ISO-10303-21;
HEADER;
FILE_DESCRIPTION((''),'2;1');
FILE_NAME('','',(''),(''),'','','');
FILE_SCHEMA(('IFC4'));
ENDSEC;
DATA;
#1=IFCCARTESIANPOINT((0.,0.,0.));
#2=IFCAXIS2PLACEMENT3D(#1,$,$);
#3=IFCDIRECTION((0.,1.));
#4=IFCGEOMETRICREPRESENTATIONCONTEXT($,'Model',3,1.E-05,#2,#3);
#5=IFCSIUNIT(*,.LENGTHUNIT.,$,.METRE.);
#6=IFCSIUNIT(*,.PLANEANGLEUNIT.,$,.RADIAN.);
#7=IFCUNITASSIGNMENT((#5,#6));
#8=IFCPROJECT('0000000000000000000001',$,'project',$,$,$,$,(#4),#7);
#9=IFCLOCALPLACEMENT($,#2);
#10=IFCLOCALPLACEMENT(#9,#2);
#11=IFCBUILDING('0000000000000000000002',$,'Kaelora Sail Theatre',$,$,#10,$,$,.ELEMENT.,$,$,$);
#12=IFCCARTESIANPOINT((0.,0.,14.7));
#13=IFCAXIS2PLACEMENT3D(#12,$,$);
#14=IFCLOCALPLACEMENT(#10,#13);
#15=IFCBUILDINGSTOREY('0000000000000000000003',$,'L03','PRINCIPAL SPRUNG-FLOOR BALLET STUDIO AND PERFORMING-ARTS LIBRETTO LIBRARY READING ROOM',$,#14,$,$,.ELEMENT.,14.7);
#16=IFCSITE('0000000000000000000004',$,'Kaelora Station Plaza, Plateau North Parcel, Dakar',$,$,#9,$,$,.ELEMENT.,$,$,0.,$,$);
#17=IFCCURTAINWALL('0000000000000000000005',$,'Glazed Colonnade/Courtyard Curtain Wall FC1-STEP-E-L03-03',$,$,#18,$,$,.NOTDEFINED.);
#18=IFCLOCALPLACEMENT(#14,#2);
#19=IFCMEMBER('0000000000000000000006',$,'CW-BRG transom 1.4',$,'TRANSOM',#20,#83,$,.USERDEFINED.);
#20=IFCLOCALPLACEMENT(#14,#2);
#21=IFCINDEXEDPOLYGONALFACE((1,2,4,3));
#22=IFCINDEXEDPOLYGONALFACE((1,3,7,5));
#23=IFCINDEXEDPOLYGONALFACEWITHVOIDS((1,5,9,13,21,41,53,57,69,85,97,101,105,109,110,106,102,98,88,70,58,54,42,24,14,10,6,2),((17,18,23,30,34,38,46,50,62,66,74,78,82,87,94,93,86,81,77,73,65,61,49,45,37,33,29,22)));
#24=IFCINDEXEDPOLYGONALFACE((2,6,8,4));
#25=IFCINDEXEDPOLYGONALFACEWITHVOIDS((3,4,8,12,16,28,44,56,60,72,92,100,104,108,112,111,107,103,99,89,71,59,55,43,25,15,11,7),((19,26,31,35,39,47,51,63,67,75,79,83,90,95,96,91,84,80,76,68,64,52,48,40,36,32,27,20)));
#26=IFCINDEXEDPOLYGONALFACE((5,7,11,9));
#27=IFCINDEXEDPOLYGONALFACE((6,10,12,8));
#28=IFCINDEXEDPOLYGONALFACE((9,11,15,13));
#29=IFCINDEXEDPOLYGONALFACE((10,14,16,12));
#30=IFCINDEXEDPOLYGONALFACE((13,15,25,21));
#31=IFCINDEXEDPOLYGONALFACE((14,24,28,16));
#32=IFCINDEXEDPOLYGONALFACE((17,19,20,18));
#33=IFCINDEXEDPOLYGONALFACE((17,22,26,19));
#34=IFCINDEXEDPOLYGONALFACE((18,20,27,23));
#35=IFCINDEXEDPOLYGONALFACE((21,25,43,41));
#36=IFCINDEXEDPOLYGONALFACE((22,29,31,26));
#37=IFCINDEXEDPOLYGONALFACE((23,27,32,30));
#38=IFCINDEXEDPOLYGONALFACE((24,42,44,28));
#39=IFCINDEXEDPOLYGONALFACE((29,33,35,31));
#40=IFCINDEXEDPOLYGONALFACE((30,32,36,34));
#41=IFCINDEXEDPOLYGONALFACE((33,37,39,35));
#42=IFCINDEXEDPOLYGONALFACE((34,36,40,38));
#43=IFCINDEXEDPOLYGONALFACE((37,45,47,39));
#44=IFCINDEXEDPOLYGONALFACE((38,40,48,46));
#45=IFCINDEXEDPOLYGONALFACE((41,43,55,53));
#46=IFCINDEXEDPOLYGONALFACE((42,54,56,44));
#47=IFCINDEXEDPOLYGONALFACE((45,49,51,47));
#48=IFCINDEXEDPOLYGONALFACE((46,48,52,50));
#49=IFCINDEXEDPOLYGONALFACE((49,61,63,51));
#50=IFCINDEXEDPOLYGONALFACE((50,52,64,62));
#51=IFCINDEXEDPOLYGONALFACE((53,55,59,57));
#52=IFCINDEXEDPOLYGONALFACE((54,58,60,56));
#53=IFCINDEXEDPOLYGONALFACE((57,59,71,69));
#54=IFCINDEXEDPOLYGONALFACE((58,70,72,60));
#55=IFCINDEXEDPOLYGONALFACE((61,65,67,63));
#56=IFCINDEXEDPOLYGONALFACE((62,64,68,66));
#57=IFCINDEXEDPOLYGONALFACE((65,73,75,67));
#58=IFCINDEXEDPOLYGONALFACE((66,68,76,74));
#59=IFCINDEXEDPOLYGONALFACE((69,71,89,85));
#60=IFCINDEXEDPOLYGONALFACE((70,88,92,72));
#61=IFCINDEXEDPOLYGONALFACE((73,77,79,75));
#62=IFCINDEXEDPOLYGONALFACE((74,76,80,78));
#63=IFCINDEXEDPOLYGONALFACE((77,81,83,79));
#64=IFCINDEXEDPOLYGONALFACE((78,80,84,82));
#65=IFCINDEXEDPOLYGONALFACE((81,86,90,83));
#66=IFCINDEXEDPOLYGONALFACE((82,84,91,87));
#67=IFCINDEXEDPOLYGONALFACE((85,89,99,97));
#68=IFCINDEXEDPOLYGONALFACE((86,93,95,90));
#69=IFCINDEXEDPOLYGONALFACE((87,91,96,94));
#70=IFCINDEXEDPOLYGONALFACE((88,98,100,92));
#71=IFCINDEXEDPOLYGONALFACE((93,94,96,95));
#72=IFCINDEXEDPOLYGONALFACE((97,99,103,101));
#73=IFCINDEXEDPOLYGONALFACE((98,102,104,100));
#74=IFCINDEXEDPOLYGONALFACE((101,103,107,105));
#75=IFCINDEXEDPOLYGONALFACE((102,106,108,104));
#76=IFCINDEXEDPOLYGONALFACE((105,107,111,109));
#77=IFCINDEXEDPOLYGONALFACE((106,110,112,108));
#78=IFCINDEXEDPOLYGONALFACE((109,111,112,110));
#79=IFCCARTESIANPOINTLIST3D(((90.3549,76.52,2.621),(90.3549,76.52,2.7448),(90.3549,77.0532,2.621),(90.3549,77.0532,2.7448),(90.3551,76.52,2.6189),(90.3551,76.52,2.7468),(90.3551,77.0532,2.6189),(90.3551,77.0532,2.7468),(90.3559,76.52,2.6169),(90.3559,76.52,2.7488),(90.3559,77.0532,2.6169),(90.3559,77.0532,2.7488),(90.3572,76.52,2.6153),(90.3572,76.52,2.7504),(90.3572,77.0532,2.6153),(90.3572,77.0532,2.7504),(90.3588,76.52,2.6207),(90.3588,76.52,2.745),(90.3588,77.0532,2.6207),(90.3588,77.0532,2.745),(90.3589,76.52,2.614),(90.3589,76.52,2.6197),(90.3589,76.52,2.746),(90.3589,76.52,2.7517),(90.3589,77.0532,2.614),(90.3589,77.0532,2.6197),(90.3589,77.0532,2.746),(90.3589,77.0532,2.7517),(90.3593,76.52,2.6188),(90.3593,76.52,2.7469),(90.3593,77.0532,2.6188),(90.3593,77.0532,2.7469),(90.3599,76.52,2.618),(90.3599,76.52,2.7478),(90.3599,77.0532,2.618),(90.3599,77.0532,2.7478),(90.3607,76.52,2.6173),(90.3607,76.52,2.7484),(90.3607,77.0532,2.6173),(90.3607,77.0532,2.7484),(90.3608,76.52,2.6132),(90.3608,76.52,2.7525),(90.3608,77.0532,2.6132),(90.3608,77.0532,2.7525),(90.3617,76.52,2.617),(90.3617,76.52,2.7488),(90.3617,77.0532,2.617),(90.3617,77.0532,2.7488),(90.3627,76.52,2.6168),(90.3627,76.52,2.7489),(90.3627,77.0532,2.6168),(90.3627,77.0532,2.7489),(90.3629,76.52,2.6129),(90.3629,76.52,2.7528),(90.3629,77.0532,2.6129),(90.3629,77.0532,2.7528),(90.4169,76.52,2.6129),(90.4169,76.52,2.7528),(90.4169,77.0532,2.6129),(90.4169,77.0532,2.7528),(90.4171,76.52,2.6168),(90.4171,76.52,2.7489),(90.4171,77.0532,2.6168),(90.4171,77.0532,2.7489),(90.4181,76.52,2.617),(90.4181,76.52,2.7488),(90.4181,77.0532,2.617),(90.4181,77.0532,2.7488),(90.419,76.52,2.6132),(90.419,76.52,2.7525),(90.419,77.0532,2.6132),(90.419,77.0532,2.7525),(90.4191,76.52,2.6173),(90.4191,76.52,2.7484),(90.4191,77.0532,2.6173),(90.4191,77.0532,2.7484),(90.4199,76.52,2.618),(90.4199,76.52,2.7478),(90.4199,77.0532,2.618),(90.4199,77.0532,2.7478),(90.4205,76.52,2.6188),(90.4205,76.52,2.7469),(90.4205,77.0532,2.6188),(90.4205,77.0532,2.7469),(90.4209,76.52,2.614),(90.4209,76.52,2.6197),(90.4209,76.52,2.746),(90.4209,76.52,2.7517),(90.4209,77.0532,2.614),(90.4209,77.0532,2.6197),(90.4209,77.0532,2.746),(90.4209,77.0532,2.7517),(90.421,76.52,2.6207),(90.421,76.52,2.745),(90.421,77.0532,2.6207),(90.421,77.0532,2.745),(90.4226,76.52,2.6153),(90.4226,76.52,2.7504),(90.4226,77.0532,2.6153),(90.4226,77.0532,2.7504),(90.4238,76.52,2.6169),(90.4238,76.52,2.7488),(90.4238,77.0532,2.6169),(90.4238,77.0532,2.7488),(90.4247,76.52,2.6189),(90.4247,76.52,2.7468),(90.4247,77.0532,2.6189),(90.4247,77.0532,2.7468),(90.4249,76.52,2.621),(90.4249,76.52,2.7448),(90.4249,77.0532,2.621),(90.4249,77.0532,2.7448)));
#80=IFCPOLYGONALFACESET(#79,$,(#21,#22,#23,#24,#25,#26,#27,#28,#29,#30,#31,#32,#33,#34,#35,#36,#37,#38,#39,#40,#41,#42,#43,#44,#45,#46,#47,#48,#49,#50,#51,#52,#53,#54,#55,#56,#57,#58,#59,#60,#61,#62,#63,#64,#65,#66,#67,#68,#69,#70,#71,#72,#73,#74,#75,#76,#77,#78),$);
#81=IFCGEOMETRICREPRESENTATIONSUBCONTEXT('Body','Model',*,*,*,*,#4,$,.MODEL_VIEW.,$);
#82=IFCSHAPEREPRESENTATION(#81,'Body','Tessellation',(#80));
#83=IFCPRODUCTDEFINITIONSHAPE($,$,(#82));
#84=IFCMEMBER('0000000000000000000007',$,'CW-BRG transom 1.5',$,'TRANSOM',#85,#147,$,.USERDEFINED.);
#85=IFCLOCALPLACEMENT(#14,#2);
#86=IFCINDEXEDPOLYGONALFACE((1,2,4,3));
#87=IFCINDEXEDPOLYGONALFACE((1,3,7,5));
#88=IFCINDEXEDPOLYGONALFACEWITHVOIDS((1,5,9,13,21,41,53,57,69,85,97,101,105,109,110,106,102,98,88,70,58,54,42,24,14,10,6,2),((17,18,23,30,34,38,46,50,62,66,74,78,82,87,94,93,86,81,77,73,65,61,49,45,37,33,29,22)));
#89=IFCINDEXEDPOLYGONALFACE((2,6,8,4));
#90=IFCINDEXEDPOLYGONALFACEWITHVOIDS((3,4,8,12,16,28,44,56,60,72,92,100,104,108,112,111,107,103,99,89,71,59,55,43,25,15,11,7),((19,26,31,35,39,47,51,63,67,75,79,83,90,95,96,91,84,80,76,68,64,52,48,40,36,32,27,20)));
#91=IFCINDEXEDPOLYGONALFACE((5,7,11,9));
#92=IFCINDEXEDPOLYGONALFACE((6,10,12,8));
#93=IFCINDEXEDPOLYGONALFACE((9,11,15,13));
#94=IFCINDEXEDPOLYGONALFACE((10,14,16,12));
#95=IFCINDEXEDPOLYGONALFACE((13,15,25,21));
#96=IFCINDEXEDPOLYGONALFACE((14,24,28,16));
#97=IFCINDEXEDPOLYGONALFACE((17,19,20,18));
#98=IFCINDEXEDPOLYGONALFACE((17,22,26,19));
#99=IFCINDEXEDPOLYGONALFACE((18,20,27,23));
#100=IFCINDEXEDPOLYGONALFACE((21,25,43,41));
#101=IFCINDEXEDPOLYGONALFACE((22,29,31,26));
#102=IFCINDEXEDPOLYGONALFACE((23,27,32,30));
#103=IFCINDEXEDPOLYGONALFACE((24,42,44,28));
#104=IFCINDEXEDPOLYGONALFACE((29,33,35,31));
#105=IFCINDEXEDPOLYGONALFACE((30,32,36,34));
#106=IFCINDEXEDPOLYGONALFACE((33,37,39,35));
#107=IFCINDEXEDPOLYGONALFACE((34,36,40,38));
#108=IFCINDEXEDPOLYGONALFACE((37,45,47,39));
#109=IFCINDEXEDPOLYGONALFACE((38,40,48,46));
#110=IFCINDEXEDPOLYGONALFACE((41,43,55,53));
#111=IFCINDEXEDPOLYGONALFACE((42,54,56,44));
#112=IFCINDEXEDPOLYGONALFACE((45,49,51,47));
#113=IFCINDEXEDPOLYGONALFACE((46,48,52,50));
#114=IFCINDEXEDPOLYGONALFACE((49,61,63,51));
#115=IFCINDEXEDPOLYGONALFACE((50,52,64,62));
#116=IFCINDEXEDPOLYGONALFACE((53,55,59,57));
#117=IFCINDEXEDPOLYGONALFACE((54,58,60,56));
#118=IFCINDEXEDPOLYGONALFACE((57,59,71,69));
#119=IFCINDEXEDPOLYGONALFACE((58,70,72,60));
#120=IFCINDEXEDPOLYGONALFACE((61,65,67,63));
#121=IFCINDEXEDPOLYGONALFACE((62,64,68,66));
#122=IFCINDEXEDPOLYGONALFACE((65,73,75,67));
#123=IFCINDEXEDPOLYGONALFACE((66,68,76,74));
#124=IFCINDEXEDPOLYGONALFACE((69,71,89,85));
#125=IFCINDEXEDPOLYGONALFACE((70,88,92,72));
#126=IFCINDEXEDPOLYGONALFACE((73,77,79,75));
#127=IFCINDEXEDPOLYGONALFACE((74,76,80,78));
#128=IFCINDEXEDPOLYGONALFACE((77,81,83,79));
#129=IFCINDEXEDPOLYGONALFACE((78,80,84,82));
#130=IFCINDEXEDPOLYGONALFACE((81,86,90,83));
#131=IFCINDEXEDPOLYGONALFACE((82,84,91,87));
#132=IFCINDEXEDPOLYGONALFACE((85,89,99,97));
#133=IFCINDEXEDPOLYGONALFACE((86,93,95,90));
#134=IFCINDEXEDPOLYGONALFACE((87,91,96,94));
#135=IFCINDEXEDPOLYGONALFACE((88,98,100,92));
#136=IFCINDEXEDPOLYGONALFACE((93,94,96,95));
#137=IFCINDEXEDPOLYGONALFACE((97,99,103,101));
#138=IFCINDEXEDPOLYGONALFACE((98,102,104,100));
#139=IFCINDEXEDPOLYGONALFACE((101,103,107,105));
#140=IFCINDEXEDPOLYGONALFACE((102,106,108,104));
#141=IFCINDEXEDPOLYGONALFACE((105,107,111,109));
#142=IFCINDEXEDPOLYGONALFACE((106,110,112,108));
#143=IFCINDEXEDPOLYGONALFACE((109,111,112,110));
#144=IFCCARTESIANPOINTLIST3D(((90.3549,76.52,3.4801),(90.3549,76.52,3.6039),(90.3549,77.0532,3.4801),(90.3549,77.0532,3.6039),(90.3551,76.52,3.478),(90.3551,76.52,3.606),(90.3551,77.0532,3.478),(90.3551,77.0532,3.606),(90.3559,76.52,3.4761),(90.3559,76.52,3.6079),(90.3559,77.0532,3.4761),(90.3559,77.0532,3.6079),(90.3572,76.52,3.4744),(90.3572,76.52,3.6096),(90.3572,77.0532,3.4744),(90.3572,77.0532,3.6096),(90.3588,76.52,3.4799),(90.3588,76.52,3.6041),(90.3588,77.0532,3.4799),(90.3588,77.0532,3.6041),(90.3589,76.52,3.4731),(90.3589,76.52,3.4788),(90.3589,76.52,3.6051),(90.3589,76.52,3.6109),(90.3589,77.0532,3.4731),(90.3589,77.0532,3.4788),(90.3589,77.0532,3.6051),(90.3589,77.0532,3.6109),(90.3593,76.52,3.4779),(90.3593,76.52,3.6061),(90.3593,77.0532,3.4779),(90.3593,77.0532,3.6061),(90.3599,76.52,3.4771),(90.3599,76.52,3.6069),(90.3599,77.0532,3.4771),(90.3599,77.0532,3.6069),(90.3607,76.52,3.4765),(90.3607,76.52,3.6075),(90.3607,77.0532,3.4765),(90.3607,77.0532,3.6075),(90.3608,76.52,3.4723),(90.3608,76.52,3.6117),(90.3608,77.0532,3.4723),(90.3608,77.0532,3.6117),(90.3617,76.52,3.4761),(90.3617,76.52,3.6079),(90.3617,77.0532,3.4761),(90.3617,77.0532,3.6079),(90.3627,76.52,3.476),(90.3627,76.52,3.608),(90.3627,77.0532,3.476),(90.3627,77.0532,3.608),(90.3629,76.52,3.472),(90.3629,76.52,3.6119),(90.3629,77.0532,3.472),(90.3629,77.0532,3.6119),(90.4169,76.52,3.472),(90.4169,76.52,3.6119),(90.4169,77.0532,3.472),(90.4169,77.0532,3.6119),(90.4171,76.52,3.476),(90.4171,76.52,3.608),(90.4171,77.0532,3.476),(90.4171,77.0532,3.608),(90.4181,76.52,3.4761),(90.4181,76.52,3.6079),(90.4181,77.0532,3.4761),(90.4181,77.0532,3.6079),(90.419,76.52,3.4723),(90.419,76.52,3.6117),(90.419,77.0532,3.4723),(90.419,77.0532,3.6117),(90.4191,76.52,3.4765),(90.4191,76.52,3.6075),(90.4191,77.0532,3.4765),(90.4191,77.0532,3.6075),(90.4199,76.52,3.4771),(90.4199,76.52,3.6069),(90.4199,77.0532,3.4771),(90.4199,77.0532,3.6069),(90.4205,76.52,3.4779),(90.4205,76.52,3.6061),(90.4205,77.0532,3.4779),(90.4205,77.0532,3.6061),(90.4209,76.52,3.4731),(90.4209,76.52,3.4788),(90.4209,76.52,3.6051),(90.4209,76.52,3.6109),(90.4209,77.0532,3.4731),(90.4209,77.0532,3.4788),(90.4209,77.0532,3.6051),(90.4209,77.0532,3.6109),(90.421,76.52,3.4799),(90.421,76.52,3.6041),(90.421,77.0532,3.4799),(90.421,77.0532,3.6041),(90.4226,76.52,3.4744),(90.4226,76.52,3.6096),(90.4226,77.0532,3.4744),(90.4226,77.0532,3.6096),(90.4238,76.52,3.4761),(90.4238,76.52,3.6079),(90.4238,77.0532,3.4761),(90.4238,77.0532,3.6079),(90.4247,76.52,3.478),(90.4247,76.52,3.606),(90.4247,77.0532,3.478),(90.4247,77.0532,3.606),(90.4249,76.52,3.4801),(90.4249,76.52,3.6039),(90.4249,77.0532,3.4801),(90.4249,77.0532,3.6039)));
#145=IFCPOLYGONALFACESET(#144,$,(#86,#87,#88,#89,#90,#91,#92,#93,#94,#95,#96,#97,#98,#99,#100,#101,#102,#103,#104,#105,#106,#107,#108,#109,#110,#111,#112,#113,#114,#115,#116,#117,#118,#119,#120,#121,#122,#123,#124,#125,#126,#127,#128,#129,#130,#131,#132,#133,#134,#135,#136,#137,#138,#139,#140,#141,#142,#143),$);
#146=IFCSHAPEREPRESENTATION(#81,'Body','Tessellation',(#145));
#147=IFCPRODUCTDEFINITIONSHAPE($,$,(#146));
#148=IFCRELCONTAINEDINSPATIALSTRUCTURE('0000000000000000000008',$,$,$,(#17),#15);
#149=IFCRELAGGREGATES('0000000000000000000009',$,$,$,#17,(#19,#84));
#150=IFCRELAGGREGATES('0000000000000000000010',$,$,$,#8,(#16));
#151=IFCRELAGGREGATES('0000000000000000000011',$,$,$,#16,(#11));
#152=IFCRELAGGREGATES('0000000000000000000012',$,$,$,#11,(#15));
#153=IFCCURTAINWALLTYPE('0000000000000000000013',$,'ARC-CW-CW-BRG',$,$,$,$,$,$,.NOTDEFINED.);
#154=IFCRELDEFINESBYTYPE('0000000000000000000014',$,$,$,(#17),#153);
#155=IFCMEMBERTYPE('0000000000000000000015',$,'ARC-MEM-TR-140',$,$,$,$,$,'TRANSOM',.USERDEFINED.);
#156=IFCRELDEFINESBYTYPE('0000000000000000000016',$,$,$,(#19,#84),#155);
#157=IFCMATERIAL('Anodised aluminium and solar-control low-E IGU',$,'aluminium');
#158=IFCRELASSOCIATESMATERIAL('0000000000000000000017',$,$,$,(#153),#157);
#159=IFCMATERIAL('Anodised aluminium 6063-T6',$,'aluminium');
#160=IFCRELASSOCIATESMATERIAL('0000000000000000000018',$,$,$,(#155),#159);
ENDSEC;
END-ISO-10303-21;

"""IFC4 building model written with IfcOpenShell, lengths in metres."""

from ifc_helpers import new_model, si_unit, direction, frame, origin, origin_2d, place, context, subcontext, project, spatial, hollow_rectangle, extrude, material, material_profile, profile_set, type_object, element, aggregate, save


model = new_model("IFC4")

# Units and contexts
model_context = context("Model", 3, precision=1e-05, world=origin(), true_north=direction((0.0, 1.0)))
body_context = subcontext(model_context, "Body", "Model", "MODEL_VIEW")
ifc_project = project(units=[si_unit("LENGTHUNIT", "METRE"), si_unit("PLANEANGLEUNIT", "RADIAN")], contexts=[model_context])

# Site, building, storey
site_placement = place(None, origin())
site = spatial("IfcSite", under=ifc_project, at=site_placement, Name="Kaelora Station Plaza, Plateau North Parcel, Dakar", CompositionType="ELEMENT", RefElevation=0.0)
building_placement = place(site_placement, origin())
building = spatial("IfcBuilding", under=site, at=building_placement, Name="Kaelora Sail Theatre", CompositionType="ELEMENT")
storey_placement = place(building_placement, frame((0.0, 0.0, 14.7)))
storey = spatial("IfcBuildingStorey", under=building, at=storey_placement, Name="L03", Description="PRINCIPAL SPRUNG-FLOOR BALLET STUDIO AND PERFORMING-ARTS LIBRETTO LIBRARY READING ROOM", CompositionType="ELEMENT", Elevation=14.7)

# Curtain wall, members
ifc_material_1 = material(Name="Anodised aluminium and solar-control low-E IGU", Category="aluminium")
curtain_wall_type = type_object("IfcCurtainWallType", Name="ARC-CW-CW-BRG", PredefinedType="NOTDEFINED", material=ifc_material_1)
curtain_wall_placement = place(storey_placement, origin())
curtain_wall = element("IfcCurtainWall", 1, at=curtain_wall_placement, inside=storey, type_object=curtain_wall_type, Name="Glazed Colonnade/Courtyard Curtain Wall FC1-STEP-E-L03-03", PredefinedType="NOTDEFINED")
ifc_material_2 = material(Name="Anodised aluminium 6063-T6", Category="aluminium")
ifc_material_profile_1 = material_profile(ifc_material_2, hollow_rectangle(XDim=0.0701, YDim=0.1399, WallThickness=0.0039, InnerFilletRadius=0.0039, OuterFilletRadius=0.0081, at=origin_2d()), Name="ALU-TRAN 70x140x4")
ifc_profile_set_1 = profile_set([ifc_material_profile_1], Name="Anodised aluminium 6063-T6")
member_type_1 = type_object("IfcMemberType", Name="ARC-MEM-TR-140", ElementType="TRANSOM", PredefinedType="USERDEFINED", material=ifc_profile_set_1)
member_1_placement = place(storey_placement, frame((90.3899, 76.52, 2.6829), z_axis=(0.0, 1.0, 0.0), x_axis=(-1.0, 0.0, 0.0)))
member_1 = element("IfcMember", 2, at=member_1_placement, type_object=member_type_1, Name="CW-BRG transom 1.4", ObjectType="TRANSOM", PredefinedType="USERDEFINED", context=body_context, shape_type="SweptSolid", body=[
    extrude(hollow_rectangle(XDim=0.0701, YDim=0.1399, WallThickness=0.0039, InnerFilletRadius=0.0039, OuterFilletRadius=0.0081, at=origin_2d()), origin(), (0.0, 0.0, 1.0), 0.5332),
])
member_2_placement = place(storey_placement, frame((90.3899, 76.52, 3.542), z_axis=(0.0, 1.0, 0.0), x_axis=(-1.0, 0.0, 0.0)))
member_2 = element("IfcMember", 3, at=member_2_placement, type_object=member_type_1, Name="CW-BRG transom 1.5", ObjectType="TRANSOM", PredefinedType="USERDEFINED", context=body_context, shape_type="SweptSolid", body=[
    extrude(hollow_rectangle(XDim=0.0701, YDim=0.1399, WallThickness=0.0039, InnerFilletRadius=0.0039, OuterFilletRadius=0.0081, at=origin_2d()), origin(), (0.0, 0.0, 1.0), 0.5332),
])
aggregate(curtain_wall, [member_1, member_2])

save(model, "model.ifc")
